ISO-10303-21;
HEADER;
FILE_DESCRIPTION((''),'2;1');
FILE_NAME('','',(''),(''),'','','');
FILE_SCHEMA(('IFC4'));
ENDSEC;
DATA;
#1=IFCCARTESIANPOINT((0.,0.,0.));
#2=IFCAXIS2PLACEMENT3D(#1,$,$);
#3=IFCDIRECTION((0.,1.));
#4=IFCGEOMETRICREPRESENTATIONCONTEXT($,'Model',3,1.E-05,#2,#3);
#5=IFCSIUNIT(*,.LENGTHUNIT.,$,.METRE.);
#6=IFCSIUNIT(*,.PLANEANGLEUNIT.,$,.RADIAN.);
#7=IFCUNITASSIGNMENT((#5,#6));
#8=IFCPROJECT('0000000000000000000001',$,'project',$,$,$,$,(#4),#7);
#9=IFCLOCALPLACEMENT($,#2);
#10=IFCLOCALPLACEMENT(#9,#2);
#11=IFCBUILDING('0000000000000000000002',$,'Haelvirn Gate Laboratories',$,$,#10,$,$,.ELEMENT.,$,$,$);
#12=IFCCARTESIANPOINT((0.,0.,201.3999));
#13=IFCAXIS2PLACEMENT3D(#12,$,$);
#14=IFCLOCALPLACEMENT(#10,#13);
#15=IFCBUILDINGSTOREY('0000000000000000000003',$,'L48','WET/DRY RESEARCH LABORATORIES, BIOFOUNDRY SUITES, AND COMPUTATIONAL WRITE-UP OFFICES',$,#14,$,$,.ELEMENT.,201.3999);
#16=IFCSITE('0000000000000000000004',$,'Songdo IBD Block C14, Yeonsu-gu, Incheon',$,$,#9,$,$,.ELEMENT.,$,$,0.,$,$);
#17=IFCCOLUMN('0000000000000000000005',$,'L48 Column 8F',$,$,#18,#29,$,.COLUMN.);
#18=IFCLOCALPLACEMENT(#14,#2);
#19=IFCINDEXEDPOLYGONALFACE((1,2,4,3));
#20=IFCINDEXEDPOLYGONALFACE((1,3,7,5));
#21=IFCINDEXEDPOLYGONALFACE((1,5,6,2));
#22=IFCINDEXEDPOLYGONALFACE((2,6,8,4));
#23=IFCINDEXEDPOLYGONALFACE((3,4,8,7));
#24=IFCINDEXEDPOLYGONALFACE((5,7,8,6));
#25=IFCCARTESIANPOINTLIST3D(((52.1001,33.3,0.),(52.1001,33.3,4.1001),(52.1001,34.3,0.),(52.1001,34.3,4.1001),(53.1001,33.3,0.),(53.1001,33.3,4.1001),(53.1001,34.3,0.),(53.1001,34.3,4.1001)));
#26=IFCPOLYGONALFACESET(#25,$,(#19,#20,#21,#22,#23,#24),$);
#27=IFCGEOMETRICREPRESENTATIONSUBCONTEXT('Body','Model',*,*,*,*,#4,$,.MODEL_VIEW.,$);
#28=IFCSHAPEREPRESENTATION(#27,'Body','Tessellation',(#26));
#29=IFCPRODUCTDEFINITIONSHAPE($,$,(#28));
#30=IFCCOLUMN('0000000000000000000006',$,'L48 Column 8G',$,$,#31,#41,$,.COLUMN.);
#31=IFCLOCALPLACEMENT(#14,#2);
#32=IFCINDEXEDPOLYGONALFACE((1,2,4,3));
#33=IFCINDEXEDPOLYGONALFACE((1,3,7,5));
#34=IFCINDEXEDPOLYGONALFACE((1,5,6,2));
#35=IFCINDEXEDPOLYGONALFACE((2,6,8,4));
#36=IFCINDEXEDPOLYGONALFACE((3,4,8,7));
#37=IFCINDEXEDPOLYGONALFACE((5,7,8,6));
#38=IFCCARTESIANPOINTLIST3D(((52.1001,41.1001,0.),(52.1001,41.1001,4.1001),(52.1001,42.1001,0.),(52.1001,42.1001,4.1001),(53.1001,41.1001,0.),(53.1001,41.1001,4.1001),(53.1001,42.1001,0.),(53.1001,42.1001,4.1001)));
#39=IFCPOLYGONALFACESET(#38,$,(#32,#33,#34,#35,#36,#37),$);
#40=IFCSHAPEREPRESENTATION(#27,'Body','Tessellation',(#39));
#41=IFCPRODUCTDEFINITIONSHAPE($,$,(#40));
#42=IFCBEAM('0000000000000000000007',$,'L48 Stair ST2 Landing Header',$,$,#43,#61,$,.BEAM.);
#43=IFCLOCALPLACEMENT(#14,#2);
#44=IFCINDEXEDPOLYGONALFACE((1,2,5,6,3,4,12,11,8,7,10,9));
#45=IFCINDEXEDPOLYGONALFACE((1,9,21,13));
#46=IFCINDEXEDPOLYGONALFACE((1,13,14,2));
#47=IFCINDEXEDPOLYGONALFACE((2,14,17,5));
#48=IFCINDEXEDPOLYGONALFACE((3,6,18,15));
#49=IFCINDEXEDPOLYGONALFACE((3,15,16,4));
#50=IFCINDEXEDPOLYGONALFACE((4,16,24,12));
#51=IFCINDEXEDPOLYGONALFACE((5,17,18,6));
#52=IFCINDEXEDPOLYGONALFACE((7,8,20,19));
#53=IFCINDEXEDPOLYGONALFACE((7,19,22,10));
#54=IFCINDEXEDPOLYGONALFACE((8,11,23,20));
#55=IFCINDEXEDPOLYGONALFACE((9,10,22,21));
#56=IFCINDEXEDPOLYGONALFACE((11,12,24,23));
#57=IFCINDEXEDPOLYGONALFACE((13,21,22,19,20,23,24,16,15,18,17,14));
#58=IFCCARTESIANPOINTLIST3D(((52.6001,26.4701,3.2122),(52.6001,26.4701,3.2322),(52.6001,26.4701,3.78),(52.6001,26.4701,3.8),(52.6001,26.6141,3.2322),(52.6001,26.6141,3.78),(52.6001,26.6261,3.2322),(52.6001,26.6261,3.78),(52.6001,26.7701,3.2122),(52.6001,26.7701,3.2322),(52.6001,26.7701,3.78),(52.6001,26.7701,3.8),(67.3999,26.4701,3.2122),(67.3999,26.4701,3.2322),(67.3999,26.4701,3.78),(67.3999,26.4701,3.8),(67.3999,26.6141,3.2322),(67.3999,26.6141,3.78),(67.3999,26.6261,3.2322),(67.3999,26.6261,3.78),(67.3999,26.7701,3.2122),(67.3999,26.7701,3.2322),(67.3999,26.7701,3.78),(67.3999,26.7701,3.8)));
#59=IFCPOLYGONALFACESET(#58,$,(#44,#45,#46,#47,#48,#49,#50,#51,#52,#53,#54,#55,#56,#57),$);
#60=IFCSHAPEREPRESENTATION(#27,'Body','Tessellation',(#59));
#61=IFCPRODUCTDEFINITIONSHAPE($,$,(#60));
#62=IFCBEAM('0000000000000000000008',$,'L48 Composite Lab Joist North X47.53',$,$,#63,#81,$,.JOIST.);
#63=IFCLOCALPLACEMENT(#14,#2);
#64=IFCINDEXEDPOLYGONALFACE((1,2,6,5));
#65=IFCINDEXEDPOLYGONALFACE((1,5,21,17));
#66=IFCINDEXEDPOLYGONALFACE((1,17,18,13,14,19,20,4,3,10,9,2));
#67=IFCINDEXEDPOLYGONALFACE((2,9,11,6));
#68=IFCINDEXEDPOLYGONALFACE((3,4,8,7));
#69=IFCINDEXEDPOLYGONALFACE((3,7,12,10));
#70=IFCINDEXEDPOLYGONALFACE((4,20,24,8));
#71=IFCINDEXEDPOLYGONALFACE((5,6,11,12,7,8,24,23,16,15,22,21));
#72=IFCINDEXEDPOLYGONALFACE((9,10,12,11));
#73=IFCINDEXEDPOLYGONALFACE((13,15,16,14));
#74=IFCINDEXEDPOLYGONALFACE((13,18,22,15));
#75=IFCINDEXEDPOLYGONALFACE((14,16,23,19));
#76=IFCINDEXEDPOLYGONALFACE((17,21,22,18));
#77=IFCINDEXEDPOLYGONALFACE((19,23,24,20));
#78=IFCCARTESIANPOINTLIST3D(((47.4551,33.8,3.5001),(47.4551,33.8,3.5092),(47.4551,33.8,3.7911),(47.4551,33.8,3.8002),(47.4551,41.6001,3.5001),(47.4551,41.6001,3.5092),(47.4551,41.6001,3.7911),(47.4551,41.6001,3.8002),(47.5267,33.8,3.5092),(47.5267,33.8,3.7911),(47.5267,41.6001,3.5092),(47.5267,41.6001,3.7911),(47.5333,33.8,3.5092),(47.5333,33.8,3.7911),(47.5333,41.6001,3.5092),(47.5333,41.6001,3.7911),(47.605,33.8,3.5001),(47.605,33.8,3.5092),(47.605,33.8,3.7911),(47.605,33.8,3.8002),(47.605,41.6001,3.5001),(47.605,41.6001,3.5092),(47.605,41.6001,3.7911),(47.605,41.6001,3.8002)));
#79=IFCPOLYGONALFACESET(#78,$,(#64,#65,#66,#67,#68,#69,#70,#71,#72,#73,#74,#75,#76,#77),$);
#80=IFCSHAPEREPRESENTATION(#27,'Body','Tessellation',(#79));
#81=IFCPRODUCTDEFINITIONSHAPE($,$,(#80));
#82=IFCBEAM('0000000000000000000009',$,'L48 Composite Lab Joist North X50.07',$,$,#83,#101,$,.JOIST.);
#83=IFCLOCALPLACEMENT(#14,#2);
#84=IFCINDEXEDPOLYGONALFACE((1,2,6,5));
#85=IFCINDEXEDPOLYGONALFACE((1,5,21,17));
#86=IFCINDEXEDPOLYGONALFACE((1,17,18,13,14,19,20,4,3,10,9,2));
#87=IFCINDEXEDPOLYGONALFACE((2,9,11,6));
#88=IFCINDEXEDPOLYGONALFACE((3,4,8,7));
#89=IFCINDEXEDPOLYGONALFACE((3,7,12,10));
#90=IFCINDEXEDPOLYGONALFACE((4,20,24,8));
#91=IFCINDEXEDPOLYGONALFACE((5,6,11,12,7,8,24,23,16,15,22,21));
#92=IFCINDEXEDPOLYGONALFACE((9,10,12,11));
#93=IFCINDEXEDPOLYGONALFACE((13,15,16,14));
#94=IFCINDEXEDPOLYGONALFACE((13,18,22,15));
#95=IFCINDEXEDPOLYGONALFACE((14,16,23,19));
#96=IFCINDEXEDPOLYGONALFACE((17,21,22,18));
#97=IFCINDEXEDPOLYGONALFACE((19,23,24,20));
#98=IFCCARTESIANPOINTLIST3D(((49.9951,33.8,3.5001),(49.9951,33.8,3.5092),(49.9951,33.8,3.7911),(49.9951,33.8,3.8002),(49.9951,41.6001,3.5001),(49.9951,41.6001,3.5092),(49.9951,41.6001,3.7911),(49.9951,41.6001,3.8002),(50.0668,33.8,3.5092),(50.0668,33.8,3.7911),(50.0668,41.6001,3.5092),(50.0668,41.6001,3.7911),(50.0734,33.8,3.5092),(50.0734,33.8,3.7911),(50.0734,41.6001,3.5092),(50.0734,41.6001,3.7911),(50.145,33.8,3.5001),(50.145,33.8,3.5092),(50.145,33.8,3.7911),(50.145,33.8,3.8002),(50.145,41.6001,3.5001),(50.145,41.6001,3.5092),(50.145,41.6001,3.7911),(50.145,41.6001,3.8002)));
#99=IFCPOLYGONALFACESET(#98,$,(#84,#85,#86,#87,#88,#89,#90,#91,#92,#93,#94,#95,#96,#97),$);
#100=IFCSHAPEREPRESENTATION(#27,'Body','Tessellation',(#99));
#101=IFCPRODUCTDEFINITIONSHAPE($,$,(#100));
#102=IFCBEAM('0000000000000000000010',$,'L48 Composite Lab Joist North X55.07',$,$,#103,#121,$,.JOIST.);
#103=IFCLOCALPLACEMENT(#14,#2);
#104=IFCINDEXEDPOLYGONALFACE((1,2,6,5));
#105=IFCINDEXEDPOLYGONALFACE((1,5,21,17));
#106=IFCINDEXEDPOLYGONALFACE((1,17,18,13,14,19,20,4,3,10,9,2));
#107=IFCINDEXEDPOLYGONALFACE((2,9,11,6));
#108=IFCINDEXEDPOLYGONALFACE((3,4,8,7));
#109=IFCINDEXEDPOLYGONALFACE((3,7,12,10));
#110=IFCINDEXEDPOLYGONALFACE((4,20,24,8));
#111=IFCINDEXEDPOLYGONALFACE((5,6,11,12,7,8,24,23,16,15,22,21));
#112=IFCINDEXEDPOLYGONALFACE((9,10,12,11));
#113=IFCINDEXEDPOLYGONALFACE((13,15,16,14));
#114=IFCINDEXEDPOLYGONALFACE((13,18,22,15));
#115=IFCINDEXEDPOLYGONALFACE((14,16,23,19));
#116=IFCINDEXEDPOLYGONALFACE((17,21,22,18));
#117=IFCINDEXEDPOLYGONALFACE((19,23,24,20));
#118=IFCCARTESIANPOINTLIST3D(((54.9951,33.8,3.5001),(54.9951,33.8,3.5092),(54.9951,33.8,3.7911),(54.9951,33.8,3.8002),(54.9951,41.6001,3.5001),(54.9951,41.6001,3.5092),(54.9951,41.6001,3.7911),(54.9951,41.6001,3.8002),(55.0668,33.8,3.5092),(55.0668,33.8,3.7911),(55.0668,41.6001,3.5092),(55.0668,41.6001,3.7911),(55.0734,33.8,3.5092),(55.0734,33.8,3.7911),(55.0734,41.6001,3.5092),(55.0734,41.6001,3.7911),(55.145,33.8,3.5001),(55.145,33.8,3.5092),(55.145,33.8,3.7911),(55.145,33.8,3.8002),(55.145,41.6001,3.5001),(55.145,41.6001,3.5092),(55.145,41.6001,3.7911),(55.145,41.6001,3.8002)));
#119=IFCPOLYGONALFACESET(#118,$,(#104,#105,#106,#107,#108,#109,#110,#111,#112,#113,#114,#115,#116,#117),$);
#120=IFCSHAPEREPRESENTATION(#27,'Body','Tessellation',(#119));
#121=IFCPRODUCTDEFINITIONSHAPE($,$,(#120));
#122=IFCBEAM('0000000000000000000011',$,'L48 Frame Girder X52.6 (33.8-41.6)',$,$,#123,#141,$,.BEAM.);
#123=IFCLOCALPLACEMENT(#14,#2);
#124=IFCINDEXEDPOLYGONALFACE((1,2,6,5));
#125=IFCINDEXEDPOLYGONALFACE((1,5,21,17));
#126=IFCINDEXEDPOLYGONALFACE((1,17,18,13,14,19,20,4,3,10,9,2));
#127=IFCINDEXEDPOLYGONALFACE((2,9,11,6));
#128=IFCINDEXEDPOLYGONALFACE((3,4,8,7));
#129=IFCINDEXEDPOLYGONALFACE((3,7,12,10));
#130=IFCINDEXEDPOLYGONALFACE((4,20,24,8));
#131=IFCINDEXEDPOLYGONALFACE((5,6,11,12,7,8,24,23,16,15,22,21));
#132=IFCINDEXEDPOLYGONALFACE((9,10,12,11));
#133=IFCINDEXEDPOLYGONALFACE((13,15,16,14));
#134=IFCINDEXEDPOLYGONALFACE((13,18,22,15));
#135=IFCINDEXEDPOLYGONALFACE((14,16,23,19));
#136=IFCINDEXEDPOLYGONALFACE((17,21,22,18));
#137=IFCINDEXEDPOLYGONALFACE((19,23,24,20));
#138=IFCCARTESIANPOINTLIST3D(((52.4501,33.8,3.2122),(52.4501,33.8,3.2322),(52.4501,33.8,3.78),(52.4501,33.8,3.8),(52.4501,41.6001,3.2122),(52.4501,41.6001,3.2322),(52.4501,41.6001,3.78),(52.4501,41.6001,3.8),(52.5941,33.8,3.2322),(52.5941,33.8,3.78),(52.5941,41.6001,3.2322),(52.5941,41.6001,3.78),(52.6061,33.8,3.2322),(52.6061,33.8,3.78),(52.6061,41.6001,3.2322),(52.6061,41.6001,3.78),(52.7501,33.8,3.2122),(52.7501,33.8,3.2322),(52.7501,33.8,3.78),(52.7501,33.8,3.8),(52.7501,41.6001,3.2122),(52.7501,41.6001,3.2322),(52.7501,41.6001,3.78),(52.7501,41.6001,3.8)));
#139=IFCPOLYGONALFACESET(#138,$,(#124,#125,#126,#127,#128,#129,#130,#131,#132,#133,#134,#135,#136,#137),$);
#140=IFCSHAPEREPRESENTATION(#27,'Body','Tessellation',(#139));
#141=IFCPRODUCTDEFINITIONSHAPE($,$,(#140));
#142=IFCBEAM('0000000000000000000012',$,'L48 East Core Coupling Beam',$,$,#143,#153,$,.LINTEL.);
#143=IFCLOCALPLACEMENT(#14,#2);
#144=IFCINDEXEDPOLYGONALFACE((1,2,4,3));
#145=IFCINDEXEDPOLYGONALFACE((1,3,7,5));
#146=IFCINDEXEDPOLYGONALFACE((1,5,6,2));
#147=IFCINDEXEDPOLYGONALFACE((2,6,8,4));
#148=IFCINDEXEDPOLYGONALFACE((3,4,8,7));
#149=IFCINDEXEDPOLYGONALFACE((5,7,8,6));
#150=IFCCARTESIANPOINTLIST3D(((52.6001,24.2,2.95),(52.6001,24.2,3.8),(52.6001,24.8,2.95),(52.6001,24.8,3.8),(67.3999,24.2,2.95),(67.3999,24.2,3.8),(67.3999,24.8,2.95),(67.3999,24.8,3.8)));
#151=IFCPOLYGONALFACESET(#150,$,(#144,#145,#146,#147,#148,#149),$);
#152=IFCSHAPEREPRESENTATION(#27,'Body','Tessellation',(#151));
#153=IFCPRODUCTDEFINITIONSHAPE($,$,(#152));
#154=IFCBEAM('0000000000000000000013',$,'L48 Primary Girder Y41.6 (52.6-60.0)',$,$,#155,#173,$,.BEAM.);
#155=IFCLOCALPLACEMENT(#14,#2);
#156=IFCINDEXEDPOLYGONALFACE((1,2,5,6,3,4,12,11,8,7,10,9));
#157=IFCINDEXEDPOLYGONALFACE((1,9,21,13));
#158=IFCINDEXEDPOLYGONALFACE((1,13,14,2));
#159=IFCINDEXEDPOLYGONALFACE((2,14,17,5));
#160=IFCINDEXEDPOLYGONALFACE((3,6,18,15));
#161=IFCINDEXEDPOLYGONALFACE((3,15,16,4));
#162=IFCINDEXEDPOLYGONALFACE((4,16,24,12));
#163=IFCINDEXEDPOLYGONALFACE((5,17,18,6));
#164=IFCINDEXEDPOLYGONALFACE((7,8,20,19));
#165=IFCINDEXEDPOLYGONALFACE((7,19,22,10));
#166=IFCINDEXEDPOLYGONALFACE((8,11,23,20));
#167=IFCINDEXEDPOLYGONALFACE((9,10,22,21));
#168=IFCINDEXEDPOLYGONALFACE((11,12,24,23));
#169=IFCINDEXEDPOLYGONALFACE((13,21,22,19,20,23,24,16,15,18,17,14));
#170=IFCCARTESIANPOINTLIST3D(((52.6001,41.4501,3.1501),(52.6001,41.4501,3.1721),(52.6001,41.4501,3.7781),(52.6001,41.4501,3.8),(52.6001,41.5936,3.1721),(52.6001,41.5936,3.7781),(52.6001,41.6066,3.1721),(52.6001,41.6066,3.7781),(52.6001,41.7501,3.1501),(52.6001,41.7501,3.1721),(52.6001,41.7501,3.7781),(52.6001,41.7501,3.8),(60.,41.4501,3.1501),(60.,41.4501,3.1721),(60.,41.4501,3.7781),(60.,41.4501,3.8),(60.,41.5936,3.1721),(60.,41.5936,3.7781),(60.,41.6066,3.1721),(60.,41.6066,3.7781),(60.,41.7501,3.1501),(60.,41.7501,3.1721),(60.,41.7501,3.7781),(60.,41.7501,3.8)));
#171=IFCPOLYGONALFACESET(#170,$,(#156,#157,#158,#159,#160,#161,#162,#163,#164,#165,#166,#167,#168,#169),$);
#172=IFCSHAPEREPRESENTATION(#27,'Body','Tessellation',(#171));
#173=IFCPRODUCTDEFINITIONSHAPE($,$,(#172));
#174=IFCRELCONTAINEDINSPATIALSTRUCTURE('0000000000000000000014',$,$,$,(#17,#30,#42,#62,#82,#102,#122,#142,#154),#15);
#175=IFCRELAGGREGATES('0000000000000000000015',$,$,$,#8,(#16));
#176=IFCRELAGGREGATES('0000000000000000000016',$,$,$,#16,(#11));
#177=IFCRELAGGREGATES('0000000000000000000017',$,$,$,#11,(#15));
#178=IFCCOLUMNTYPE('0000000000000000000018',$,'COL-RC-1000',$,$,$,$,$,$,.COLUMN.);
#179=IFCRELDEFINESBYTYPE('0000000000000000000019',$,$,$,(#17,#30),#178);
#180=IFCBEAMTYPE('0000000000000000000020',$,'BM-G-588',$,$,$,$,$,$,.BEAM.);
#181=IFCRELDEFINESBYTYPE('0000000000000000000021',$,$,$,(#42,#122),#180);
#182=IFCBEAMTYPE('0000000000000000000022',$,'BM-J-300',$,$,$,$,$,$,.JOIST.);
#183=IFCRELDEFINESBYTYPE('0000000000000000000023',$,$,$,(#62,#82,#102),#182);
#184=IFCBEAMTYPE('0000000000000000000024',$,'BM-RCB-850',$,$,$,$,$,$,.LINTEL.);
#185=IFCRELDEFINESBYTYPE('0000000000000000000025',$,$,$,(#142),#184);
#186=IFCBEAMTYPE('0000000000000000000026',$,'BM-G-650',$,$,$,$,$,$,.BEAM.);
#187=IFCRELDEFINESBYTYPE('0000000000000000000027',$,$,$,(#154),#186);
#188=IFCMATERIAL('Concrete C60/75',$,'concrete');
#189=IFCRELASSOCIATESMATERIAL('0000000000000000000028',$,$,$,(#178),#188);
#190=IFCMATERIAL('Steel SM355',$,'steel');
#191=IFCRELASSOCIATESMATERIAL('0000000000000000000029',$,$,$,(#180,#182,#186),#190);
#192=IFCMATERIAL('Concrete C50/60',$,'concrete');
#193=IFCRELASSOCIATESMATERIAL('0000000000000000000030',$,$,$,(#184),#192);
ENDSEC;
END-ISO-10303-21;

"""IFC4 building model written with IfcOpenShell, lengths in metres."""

from ifc_helpers import new_model, si_unit, direction, frame, origin, origin_2d, place, context, subcontext, project, spatial, rectangle, i_section, extrude, source, transform, mapped, material, material_profile, profile_set, type_object, type_shapes, element, save


model = new_model("IFC4")

# Units and contexts
model_context = context("Model", 3, precision=1e-05, world=origin(), true_north=direction((0.0, 1.0)))
body_context = subcontext(model_context, "Body", "Model", "MODEL_VIEW")
ifc_project = project(units=[si_unit("LENGTHUNIT", "METRE"), si_unit("PLANEANGLEUNIT", "RADIAN")], contexts=[model_context])

# Site, building, storey
site_placement = place(None, origin())
site = spatial("IfcSite", under=ifc_project, at=site_placement, Name="Songdo IBD Block C14, Yeonsu-gu, Incheon", CompositionType="ELEMENT", RefElevation=0.0)
building_placement = place(site_placement, origin())
building = spatial("IfcBuilding", under=site, at=building_placement, Name="Haelvirn Gate Laboratories", CompositionType="ELEMENT")
storey_placement = place(building_placement, frame((0.0, 0.0, 201.3999)))
storey = spatial("IfcBuildingStorey", under=building, at=storey_placement, Name="L48", Description="WET/DRY RESEARCH LABORATORIES, BIOFOUNDRY SUITES, AND COMPUTATIONAL WRITE-UP OFFICES", CompositionType="ELEMENT", Elevation=201.3999)

# Columns
ifc_material_1 = material(Name="Concrete C60/75", Category="concrete")
ifc_material_profile_1 = material_profile(ifc_material_1, rectangle(XDim=1.0, YDim=1.0, at=origin_2d()), Name="RC-1000x1000")
ifc_profile_set_1 = profile_set([ifc_material_profile_1], Name="Concrete C60/75")
column_type = type_object("IfcColumnType", Name="COL-RC-1000", PredefinedType="COLUMN", material=ifc_profile_set_1)
shared_shape_1 = source(origin(), body_context, "Body", "SweptSolid", [
    extrude(rectangle(XDim=1.0, YDim=1.0, at=origin_2d()), origin(), (0.0, 0.0, 1.0), 4.1001),
])
type_shapes(column_type, [shared_shape_1])
for number, where, z_axis, x_axis, name in (
    (1, (52.6001, 33.8, 0.0), (0.0, 0.0, 1.0), (1.0, 0.0, 0.0), "L48 Column 8F"),
    (2, (52.6001, 41.6001, 0.0), (0.0, 0.0, 1.0), (1.0, 0.0, 0.0), "L48 Column 8G"),
):
    element("IfcColumn", number, at=place(storey_placement, frame(where, z_axis=z_axis, x_axis=x_axis)), inside=storey, type_object=column_type, Name=name, PredefinedType="COLUMN", context=body_context, shape_type="MappedRepresentation", body=[
        mapped(shared_shape_1, transform((0.0, 0.0, 0.0), scale=1.0)),
    ])

# Beams
ifc_material_2 = material(Name="Steel SM355", Category="steel")
ifc_material_profile_2 = material_profile(ifc_material_2, i_section(OverallWidth=0.3, OverallDepth=0.5879, WebThickness=0.012, FlangeThickness=0.02, at=origin_2d()), Name="H-588x300x12x20")
ifc_profile_set_2 = profile_set([ifc_material_profile_2], Name="Steel SM355")
beam_type_1 = type_object("IfcBeamType", Name="BM-G-588", PredefinedType="BEAM", material=ifc_profile_set_2)
shared_shape_2 = source(origin(), body_context, "Body", "SweptSolid", [
    extrude(i_section(OverallWidth=0.3, OverallDepth=0.5879, WebThickness=0.012, FlangeThickness=0.02, at=origin_2d()), origin(), (0.0, 0.0, 1.0), 14.7998),
])
beam_1_placement = place(storey_placement, frame((52.6001, 26.6201, 3.5061), z_axis=(1.0, 0.0, 0.0), x_axis=(0.0, 1.0, 0.0)))
element("IfcBeam", 3, at=beam_1_placement, inside=storey, type_object=beam_type_1, Name="L48 Stair ST2 Landing Header", PredefinedType="BEAM", context=body_context, shape_type="MappedRepresentation", body=[
    mapped(shared_shape_2, transform((0.0, 0.0, 0.0), scale=1.0)),
])
ifc_material_profile_3 = material_profile(ifc_material_2, i_section(OverallWidth=0.1499, OverallDepth=0.3, WebThickness=0.0066, FlangeThickness=0.009, at=origin_2d()), Name="H-300x150x6.5x9")
ifc_profile_set_3 = profile_set([ifc_material_profile_3], Name="Steel SM355")
beam_type_2 = type_object("IfcBeamType", Name="BM-J-300", PredefinedType="JOIST", material=ifc_profile_set_3)
shared_shape_3 = source(origin(), body_context, "Body", "SweptSolid", [
    extrude(i_section(OverallWidth=0.1499, OverallDepth=0.3, WebThickness=0.0066, FlangeThickness=0.009, at=origin_2d()), origin(), (0.0, 0.0, 1.0), 7.8),
])
type_shapes(beam_type_2, [shared_shape_3])
for number, where, z_axis, x_axis, name in (
    (4, (47.53, 33.8, 3.6501), (0.0, 1.0, 0.0), (-1.0, 0.0, 0.0), "L48 Composite Lab Joist North X47.53"),
    (5, (50.0701, 33.8, 3.6501), (0.0, 1.0, 0.0), (-1.0, 0.0, 0.0), "L48 Composite Lab Joist North X50.07"),
    (6, (55.0701, 33.8, 3.6501), (0.0, 1.0, 0.0), (-1.0, 0.0, 0.0), "L48 Composite Lab Joist North X55.07"),
):
    element("IfcBeam", number, at=place(storey_placement, frame(where, z_axis=z_axis, x_axis=x_axis)), inside=storey, type_object=beam_type_2, Name=name, PredefinedType="JOIST", context=body_context, shape_type="MappedRepresentation", body=[
        mapped(shared_shape_3, transform((0.0, 0.0, 0.0), scale=1.0)),
    ])
shared_shape_4 = source(origin(), body_context, "Body", "SweptSolid", [
    extrude(i_section(OverallWidth=0.3, OverallDepth=0.5879, WebThickness=0.012, FlangeThickness=0.02, at=origin_2d()), origin(), (0.0, 0.0, 1.0), 7.8),
])
type_shapes(beam_type_1, [shared_shape_2, shared_shape_4])
beam_2_placement = place(storey_placement, frame((52.6001, 33.8, 3.5061), z_axis=(0.0, 1.0, 0.0), x_axis=(-1.0, 0.0, 0.0)))
element("IfcBeam", 7, at=beam_2_placement, inside=storey, type_object=beam_type_1, Name="L48 Frame Girder X52.6 (33.8-41.6)", PredefinedType="BEAM", context=body_context, shape_type="MappedRepresentation", body=[
    mapped(shared_shape_4, transform((0.0, 0.0, 0.0), scale=1.0)),
])
ifc_material_3 = material(Name="Concrete C50/60", Category="concrete")
ifc_material_profile_4 = material_profile(ifc_material_3, rectangle(XDim=0.6001, YDim=0.8501, at=origin_2d()), Name="RCB-600x850")
ifc_profile_set_4 = profile_set([ifc_material_profile_4], Name="Concrete C50/60")
beam_type_3 = type_object("IfcBeamType", Name="BM-RCB-850", PredefinedType="LINTEL", material=ifc_profile_set_4)
shared_shape_5 = source(origin(), body_context, "Body", "SweptSolid", [
    extrude(rectangle(XDim=0.6001, YDim=0.8501, at=origin_2d()), origin(), (0.0, 0.0, 1.0), 14.7998),
])
type_shapes(beam_type_3, [shared_shape_5])
beam_3_placement = place(storey_placement, frame((52.6001, 24.5, 3.375), z_axis=(1.0, 0.0, 0.0), x_axis=(0.0, 1.0, 0.0)))
element("IfcBeam", 8, at=beam_3_placement, inside=storey, type_object=beam_type_3, Name="L48 East Core Coupling Beam", PredefinedType="LINTEL", context=body_context, shape_type="MappedRepresentation", body=[
    mapped(shared_shape_5, transform((0.0, 0.0, 0.0), scale=1.0)),
])
ifc_material_profile_5 = material_profile(ifc_material_2, i_section(OverallWidth=0.3, OverallDepth=0.6499, WebThickness=0.0129, FlangeThickness=0.022, at=origin_2d()), Name="H-650x300x13x22")
ifc_profile_set_5 = profile_set([ifc_material_profile_5], Name="Steel SM355")
beam_type_4 = type_object("IfcBeamType", Name="BM-G-650", PredefinedType="BEAM", material=ifc_profile_set_5)
shared_shape_6 = source(origin(), body_context, "Body", "SweptSolid", [
    extrude(i_section(OverallWidth=0.3, OverallDepth=0.6499, WebThickness=0.0129, FlangeThickness=0.022, at=origin_2d()), origin(), (0.0, 0.0, 1.0), 7.3999),
])
type_shapes(beam_type_4, [shared_shape_6])
beam_4_placement = place(storey_placement, frame((52.6001, 41.6001, 3.4751), z_axis=(1.0, 0.0, 0.0), x_axis=(0.0, 1.0, 0.0)))
element("IfcBeam", 9, at=beam_4_placement, inside=storey, type_object=beam_type_4, Name="L48 Primary Girder Y41.6 (52.6-60.0)", PredefinedType="BEAM", context=body_context, shape_type="MappedRepresentation", body=[
    mapped(shared_shape_6, transform((0.0, 0.0, 0.0), scale=1.0)),
])

save(model, "model.ifc")
